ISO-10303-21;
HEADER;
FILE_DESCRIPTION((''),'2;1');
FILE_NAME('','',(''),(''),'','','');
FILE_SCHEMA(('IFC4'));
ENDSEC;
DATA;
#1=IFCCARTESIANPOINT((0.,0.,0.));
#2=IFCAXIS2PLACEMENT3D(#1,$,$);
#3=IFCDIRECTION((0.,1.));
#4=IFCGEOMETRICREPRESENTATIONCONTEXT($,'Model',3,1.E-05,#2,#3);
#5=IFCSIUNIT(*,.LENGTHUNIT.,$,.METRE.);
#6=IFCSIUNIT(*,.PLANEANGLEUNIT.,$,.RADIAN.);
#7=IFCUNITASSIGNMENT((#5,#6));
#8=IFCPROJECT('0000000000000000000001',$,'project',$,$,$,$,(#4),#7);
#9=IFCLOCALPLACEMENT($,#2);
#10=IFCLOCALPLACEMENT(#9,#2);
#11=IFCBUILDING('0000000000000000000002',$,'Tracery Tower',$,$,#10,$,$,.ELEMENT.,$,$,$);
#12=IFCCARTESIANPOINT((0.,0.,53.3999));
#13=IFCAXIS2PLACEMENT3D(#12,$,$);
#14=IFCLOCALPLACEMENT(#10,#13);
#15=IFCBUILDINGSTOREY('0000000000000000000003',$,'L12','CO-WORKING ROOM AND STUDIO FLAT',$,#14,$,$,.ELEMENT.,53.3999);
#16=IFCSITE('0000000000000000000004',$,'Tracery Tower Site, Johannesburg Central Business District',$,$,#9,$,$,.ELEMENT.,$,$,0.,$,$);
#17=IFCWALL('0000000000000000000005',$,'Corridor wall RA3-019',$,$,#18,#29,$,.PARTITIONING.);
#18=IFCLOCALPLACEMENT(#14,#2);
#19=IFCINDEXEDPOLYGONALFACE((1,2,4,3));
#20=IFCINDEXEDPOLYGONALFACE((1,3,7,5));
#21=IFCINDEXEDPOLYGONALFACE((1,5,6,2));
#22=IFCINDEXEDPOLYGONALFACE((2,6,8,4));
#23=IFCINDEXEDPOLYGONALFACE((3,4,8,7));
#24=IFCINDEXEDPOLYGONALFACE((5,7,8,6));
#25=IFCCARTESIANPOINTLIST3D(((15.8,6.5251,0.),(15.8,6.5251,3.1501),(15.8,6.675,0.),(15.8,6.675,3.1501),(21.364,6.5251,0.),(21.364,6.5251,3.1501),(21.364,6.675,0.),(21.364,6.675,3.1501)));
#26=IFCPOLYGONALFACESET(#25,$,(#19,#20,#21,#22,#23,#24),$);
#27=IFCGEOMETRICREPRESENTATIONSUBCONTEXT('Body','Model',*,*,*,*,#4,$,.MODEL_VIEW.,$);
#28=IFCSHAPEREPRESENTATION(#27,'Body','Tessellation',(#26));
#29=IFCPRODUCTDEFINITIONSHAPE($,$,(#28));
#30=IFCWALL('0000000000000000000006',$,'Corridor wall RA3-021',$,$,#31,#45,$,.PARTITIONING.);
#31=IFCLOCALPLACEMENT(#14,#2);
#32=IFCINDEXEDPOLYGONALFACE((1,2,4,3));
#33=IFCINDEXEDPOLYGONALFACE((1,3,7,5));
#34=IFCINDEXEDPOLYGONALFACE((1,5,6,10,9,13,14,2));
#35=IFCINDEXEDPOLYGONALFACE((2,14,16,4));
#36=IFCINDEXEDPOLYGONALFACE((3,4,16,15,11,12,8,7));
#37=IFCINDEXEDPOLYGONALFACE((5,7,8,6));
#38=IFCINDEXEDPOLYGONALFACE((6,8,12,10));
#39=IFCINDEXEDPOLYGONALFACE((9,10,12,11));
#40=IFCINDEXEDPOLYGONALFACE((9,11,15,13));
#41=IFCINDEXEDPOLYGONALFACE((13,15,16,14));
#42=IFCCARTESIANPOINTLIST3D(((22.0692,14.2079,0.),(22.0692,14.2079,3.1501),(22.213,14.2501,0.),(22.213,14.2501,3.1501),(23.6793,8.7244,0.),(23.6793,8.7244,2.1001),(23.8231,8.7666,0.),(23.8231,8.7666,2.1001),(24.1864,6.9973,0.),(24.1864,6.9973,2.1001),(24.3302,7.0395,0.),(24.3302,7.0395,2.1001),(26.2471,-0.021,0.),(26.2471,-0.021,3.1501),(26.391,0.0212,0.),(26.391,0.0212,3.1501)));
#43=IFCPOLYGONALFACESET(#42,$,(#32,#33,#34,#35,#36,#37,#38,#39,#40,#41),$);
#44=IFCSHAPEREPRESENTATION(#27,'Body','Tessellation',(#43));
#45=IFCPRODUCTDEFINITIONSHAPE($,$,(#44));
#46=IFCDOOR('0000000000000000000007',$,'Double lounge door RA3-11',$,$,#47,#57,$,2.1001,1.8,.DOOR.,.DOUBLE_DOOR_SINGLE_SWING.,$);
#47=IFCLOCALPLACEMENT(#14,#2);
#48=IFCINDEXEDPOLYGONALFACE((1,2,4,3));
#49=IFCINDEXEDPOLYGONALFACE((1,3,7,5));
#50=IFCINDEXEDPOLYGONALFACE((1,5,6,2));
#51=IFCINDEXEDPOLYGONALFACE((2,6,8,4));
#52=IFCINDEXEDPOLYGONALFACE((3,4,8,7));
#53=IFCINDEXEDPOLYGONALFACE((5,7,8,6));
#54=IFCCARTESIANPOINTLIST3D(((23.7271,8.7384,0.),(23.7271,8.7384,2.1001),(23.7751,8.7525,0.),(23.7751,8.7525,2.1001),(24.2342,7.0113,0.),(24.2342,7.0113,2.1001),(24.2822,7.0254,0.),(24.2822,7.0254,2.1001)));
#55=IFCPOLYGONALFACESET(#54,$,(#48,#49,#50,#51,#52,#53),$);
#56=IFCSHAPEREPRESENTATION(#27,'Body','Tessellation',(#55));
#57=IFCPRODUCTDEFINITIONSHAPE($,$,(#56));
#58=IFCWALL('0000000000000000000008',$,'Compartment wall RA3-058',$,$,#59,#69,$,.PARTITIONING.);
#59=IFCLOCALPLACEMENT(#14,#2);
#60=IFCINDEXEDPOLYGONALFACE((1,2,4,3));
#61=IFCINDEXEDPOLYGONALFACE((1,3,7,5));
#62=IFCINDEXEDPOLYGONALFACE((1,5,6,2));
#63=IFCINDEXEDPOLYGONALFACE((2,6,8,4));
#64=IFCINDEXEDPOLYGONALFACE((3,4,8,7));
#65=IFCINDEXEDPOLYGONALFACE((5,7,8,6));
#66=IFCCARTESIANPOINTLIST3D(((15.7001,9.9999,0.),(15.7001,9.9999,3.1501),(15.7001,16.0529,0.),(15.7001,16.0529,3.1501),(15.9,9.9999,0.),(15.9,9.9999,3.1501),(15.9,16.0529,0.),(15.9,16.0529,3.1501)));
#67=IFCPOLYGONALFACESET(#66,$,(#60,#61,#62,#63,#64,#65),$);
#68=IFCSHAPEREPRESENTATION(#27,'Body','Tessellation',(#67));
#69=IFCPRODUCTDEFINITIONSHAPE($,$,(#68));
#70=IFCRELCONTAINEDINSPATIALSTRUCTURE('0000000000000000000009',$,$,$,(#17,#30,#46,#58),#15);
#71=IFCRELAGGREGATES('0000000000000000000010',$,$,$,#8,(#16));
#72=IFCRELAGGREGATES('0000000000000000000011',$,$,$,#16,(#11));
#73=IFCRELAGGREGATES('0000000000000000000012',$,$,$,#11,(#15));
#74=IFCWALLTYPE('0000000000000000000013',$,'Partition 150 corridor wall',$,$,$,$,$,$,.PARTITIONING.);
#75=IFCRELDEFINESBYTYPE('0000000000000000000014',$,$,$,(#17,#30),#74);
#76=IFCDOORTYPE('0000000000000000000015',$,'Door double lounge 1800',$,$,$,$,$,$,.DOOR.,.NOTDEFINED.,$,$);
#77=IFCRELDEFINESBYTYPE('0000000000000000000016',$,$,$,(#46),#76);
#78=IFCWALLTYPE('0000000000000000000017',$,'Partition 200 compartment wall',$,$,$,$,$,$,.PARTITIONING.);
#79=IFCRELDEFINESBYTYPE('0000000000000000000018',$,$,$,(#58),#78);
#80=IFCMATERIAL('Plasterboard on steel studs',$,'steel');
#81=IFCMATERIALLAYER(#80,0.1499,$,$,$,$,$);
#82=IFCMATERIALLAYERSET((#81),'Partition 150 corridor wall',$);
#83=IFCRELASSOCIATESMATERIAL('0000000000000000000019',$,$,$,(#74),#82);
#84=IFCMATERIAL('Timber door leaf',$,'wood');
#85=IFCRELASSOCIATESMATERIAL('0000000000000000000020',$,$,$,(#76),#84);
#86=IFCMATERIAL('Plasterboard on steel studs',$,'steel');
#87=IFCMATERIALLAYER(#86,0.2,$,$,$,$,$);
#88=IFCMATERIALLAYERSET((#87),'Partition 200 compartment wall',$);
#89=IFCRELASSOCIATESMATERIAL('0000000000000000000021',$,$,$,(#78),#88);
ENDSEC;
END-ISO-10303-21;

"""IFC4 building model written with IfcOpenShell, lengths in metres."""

from ifc_helpers import new_model, si_unit, direction, frame, frame_2d, origin, place, context, subcontext, project, spatial, rectangle, extrude, material, layer, layer_set, type_object, element, fill, save


model = new_model("IFC4")

# Units and contexts
model_context = context("Model", 3, precision=1e-05, world=origin(), true_north=direction((0.0, 1.0)))
body_context = subcontext(model_context, "Body", "Model", "MODEL_VIEW")
ifc_project = project(units=[si_unit("LENGTHUNIT", "METRE"), si_unit("PLANEANGLEUNIT", "RADIAN")], contexts=[model_context])

# Site, building, storey
site_placement = place(None, origin())
site = spatial("IfcSite", under=ifc_project, at=site_placement, Name="Tracery Tower Site, Johannesburg Central Business District", CompositionType="ELEMENT", RefElevation=0.0)
building_placement = place(site_placement, origin())
building = spatial("IfcBuilding", under=site, at=building_placement, Name="Tracery Tower", CompositionType="ELEMENT")
storey_placement = place(building_placement, frame((0.0, 0.0, 53.3999)))
storey = spatial("IfcBuildingStorey", under=building, at=storey_placement, Name="L12", Description="CO-WORKING ROOM AND STUDIO FLAT", CompositionType="ELEMENT", Elevation=53.3999)

# Wall
ifc_material_1 = material(Name="Plasterboard on steel studs", Category="steel")
ifc_layer_1 = layer(ifc_material_1, 0.1499)
ifc_layer_set_1 = layer_set([ifc_layer_1], Name="Partition 150 corridor wall")
wall_type_1 = type_object("IfcWallType", Name="Partition 150 corridor wall", PredefinedType="PARTITIONING", material=ifc_layer_set_1)
wall_1_placement = place(storey_placement, frame((15.8, 6.6001, 0.0), z_axis=(0.0, 0.0, 1.0), x_axis=(1.0, 0.0, 0.0)))
element("IfcWall", 1, at=wall_1_placement, inside=storey, type_object=wall_type_1, Name="Corridor wall RA3-019", PredefinedType="PARTITIONING", context=body_context, shape_type="SweptSolid", body=[
    extrude(rectangle(XDim=5.564, YDim=0.1499, at=frame_2d((2.782, 0.0))), origin(), (0.0, 0.0, 1.0), 3.1501),
])

# Wall, opening, door
wall_2_placement = place(storey_placement, frame((22.1411, 14.229, 0.0), z_axis=(0.0, 0.0, 1.0), x_axis=(0.28173, -0.959494, 0.0)))
wall_2 = element("IfcWall", 2, at=wall_2_placement, inside=storey, type_object=wall_type_1, Name="Corridor wall RA3-021", PredefinedType="PARTITIONING", context=body_context, shape_type="SweptSolid", body=[
    extrude(rectangle(XDim=14.8296, YDim=0.1499, at=frame_2d((7.4148, 0.0))), origin(), (0.0, 0.0, 1.0), 3.1501),
])
opening_1_placement = place(wall_2_placement, frame((5.7151, 0.0, 0.0)))
opening_1 = element("IfcOpeningElement", 3, at=opening_1_placement, cuts=wall_2, PredefinedType="OPENING", context=body_context, shape_type="SweptSolid", body=[
    extrude(rectangle(XDim=1.8, YDim=2.1001, at=frame_2d((0.8999, 1.05))), frame((0.0, 0.075, 0.0), z_axis=(0.0, -1.0, 0.0), x_axis=(1.0, 0.0, 0.0)), (0.0, 0.0, 1.0), 0.1499),
])
ifc_material_2 = material(Name="Timber door leaf", Category="wood")
door_type = type_object("IfcDoorType", Name="Door double lounge 1800", OperationType="NOTDEFINED", PredefinedType="DOOR", material=ifc_material_2)
door_placement = place(opening_1_placement, origin())
door = element("IfcDoor", 4, at=door_placement, inside=storey, type_object=door_type, Name="Double lounge door RA3-11", OperationType="DOUBLE_DOOR_SINGLE_SWING", OverallHeight=2.1001, OverallWidth=1.8, PredefinedType="DOOR", context=body_context, shape_type="SweptSolid", body=[
    extrude(rectangle(XDim=1.8, YDim=2.1001, at=frame_2d((0.8999, 1.05))), frame((0.0, 0.0249, 0.0), z_axis=(0.0, -1.0, 0.0), x_axis=(1.0, 0.0, 0.0)), (0.0, 0.0, 1.0), 0.05),
])
fill(opening_1, door)

# Wall
ifc_material_3 = material(Name="Plasterboard on steel studs", Category="steel")
ifc_layer_2 = layer(ifc_material_3, 0.2)
ifc_layer_set_2 = layer_set([ifc_layer_2], Name="Partition 200 compartment wall")
wall_type_2 = type_object("IfcWallType", Name="Partition 200 compartment wall", PredefinedType="PARTITIONING", material=ifc_layer_set_2)
wall_3_placement = place(storey_placement, frame((15.8, 10.0, 0.0), z_axis=(0.0, 0.0, 1.0), x_axis=(0.0, 1.0, 0.0)))
element("IfcWall", 5, at=wall_3_placement, inside=storey, type_object=wall_type_2, Name="Compartment wall RA3-058", PredefinedType="PARTITIONING", context=body_context, shape_type="SweptSolid", body=[
    extrude(rectangle(XDim=6.053, YDim=0.2, at=frame_2d((3.0264, 0.0))), origin(), (0.0, 0.0, 1.0), 3.1501),
])

save(model, "model.ifc")
